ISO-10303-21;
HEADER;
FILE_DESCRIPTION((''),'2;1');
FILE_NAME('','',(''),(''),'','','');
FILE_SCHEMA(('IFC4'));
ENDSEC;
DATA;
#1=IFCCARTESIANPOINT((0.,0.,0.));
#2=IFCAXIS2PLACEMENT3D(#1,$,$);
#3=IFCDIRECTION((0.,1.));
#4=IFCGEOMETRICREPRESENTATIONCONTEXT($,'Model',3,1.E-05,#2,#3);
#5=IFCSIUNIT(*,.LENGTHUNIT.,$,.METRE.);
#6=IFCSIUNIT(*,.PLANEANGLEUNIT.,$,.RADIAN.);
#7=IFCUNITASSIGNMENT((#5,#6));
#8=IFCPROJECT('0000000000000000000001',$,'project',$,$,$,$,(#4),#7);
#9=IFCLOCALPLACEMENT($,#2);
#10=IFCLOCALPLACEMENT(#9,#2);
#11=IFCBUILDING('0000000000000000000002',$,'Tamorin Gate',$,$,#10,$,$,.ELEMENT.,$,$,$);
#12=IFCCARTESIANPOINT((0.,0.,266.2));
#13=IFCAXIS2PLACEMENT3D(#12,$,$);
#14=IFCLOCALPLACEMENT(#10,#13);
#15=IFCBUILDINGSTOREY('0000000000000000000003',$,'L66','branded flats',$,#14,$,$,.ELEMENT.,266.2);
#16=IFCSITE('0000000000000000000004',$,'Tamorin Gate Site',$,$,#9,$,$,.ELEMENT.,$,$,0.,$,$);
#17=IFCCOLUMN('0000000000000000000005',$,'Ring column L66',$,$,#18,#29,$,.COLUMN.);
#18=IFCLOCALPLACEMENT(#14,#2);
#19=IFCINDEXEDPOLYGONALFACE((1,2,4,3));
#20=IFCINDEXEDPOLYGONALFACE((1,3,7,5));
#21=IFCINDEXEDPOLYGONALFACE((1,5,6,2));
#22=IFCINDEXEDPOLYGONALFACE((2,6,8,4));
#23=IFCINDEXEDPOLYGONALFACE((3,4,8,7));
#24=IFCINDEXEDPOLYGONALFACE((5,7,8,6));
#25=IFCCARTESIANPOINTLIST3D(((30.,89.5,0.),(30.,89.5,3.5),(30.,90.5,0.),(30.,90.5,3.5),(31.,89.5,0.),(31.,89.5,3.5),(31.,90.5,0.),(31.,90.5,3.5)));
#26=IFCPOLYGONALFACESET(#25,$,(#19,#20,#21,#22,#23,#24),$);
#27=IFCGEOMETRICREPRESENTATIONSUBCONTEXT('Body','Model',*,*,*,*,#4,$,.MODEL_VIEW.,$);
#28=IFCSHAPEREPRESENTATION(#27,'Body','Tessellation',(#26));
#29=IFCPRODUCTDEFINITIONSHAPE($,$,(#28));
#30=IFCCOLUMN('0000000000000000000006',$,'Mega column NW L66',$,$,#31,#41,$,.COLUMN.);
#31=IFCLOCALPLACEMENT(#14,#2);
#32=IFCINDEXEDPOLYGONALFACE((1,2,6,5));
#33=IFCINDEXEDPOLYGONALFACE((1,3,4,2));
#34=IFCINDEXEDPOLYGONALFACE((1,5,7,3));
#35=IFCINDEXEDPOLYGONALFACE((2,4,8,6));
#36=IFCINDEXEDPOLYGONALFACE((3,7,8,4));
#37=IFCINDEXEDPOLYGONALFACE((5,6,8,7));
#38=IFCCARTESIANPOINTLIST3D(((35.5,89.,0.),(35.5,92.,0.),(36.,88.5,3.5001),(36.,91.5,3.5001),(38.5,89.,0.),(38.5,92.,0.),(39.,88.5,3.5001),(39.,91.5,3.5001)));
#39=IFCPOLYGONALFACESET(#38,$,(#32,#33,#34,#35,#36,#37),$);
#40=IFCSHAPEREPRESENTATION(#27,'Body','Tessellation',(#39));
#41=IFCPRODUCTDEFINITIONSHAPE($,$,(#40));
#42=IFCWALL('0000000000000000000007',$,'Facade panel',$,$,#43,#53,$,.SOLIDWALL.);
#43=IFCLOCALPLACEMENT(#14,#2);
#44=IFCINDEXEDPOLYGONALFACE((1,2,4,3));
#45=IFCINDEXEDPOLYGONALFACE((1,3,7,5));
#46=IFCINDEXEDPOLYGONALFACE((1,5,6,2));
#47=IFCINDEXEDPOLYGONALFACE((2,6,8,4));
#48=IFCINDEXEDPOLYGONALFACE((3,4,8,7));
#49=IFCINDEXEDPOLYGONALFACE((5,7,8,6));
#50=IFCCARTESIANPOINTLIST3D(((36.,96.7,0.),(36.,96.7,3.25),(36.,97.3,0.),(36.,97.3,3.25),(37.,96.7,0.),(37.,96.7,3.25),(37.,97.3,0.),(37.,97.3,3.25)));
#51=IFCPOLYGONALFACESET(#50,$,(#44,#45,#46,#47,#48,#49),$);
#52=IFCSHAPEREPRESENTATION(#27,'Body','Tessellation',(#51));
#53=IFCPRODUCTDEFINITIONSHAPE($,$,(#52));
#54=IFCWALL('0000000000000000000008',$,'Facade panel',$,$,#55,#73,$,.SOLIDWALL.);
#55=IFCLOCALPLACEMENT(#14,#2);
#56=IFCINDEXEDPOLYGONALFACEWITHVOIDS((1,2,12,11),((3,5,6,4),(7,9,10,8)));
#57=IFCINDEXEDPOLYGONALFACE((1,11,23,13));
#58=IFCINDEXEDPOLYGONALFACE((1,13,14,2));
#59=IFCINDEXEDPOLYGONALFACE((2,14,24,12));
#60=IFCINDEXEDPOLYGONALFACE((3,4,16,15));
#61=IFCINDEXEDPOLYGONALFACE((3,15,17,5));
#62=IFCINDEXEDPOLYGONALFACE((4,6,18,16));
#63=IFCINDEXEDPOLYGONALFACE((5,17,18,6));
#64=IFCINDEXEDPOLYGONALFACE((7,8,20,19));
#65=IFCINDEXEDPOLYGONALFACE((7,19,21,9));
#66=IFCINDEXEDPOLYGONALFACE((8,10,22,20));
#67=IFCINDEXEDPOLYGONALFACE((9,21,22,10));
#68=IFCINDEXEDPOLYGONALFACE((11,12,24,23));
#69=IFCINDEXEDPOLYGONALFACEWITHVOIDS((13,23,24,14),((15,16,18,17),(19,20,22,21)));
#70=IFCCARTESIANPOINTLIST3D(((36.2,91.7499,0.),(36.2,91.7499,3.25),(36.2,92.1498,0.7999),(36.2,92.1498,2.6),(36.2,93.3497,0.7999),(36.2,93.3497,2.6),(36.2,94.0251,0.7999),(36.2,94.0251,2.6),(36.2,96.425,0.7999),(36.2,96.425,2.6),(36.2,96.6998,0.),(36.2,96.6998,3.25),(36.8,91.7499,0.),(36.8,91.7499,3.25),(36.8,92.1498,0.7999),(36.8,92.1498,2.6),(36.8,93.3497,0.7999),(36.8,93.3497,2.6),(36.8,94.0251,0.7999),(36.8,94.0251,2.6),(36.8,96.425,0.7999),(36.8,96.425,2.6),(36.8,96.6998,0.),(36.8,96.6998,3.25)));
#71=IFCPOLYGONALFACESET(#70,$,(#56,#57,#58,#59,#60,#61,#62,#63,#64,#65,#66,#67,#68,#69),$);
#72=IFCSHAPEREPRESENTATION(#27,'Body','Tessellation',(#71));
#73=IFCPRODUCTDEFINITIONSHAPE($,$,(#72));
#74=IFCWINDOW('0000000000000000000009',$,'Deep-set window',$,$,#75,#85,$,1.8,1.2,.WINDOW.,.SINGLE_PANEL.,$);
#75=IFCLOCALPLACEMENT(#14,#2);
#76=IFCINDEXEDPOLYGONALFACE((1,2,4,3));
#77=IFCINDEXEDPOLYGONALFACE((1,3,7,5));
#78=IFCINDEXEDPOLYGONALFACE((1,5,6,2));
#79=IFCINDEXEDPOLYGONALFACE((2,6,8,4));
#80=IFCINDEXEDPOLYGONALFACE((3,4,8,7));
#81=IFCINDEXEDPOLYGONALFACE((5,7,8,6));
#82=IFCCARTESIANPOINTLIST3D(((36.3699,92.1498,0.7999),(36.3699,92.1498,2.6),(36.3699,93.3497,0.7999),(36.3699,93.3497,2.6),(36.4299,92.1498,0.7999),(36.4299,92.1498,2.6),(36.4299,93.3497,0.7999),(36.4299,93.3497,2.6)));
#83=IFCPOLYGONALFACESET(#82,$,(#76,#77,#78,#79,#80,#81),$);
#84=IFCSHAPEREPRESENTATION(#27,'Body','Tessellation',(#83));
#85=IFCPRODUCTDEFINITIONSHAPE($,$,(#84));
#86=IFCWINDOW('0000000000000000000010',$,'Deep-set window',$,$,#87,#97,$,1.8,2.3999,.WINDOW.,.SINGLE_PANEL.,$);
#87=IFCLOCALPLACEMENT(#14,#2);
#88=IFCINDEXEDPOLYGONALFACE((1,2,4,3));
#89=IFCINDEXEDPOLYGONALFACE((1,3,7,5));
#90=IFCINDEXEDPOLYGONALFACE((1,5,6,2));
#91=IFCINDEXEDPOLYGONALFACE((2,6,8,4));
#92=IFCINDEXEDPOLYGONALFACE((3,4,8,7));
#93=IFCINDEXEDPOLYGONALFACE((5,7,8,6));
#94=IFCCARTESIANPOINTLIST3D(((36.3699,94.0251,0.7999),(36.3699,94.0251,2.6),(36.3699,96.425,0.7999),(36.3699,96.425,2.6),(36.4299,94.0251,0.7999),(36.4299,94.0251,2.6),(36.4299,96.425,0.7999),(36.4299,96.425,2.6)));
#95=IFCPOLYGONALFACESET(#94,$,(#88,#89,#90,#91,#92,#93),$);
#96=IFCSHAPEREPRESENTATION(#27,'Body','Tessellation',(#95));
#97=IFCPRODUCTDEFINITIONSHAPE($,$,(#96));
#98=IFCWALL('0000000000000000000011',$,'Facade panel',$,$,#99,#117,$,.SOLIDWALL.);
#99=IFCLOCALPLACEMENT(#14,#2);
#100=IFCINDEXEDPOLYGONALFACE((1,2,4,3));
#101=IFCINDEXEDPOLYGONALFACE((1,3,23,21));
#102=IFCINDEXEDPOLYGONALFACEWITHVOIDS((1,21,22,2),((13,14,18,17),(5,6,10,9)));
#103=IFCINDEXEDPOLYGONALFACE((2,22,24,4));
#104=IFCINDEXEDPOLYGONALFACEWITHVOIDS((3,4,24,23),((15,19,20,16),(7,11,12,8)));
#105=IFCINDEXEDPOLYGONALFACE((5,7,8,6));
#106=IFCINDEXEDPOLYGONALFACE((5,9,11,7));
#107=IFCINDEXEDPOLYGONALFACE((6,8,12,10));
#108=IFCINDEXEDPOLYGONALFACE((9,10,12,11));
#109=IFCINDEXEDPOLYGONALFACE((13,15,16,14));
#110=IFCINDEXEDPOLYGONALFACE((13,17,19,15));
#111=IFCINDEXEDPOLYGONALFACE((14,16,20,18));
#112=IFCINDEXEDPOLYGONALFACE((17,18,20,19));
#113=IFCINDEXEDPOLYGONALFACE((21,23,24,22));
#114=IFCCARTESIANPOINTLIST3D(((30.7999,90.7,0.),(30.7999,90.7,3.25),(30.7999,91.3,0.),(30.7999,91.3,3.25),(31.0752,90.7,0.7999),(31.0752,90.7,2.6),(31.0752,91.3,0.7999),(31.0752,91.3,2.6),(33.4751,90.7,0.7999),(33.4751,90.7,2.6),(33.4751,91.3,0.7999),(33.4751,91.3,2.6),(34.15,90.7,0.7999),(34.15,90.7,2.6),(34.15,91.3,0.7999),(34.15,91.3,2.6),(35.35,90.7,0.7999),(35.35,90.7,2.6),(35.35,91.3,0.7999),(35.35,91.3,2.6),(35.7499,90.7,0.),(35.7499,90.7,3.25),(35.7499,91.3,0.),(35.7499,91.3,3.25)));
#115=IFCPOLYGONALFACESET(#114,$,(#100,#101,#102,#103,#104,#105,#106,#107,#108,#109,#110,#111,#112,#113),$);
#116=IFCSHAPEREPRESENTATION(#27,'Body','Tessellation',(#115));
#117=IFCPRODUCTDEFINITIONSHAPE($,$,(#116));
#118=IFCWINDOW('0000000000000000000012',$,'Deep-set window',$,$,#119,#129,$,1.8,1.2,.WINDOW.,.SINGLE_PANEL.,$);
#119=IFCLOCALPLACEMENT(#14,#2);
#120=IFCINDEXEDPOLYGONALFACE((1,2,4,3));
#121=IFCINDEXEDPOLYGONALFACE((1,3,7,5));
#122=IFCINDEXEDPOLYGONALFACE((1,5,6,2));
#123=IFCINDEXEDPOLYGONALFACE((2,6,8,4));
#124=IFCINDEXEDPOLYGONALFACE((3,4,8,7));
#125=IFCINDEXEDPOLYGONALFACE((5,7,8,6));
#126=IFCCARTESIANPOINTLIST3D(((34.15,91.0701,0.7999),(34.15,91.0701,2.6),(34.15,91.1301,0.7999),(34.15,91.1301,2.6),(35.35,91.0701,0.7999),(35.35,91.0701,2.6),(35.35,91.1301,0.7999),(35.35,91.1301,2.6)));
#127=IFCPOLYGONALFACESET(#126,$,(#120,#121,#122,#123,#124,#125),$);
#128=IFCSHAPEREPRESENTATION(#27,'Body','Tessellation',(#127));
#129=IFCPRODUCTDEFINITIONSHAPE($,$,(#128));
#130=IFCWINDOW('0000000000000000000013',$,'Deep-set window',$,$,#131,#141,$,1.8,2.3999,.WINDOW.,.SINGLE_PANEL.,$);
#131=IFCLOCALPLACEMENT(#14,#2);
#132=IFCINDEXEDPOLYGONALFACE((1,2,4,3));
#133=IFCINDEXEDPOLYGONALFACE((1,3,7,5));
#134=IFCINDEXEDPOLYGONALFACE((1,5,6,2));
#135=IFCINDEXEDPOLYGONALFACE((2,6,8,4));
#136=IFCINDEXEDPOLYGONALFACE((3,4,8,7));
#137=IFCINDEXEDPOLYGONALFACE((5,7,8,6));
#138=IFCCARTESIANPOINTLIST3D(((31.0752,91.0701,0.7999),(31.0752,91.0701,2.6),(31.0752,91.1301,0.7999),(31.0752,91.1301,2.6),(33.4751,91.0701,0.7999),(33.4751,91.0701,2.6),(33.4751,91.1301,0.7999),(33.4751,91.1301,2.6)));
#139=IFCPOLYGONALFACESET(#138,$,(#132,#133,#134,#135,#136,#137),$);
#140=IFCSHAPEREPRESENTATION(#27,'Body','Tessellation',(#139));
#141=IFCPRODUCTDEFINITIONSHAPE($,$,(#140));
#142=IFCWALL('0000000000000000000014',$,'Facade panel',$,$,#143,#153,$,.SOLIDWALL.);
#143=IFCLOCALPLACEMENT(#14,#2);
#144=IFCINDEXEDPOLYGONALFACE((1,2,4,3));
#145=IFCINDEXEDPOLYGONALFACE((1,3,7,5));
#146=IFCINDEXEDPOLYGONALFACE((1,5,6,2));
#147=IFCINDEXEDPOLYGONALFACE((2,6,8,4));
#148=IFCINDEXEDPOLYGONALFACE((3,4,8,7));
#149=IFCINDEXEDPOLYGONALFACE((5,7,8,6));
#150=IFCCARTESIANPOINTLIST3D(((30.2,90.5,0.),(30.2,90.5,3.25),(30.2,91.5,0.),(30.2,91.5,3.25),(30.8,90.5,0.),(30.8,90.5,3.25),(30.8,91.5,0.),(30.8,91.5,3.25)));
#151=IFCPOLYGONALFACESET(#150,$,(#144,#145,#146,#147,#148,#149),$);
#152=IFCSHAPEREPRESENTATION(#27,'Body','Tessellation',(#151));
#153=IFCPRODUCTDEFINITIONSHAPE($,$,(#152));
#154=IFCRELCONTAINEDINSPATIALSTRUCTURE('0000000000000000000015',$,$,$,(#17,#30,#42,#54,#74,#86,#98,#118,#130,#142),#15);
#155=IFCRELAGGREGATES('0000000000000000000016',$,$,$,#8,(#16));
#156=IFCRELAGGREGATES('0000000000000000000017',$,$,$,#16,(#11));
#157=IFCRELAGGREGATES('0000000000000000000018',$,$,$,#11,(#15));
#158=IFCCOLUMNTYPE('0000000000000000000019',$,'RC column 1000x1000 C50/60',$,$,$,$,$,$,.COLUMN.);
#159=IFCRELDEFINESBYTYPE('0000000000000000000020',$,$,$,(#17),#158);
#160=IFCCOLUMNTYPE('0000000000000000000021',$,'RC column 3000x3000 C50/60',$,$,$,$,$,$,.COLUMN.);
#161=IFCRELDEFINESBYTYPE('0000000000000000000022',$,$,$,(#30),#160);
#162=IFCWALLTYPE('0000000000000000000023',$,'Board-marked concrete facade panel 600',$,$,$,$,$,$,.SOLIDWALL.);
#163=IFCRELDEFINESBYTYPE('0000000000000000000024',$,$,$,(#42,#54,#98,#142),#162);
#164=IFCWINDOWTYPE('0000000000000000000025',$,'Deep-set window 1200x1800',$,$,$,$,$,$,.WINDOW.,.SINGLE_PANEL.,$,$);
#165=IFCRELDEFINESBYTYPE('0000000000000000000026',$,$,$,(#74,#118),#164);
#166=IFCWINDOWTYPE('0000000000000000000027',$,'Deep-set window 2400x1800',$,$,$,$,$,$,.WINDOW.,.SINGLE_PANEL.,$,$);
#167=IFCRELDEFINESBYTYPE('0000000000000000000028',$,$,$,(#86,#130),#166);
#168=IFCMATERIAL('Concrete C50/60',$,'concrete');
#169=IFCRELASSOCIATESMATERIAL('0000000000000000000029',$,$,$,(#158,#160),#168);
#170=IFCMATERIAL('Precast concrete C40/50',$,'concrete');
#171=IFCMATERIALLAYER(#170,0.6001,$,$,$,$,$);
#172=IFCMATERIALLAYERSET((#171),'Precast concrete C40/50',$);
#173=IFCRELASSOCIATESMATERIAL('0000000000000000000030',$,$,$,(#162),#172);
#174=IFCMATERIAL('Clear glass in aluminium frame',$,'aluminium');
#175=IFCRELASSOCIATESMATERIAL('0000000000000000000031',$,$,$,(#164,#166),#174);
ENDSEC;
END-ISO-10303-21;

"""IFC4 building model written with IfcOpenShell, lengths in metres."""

from ifc_helpers import new_model, si_unit, direction, frame, frame_2d, origin, origin_2d, place, context, subcontext, project, spatial, rectangle, extrude, material, layer, layer_set, material_profile, profile_set, type_object, element, fill, save


model = new_model("IFC4")

# Units and contexts
model_context = context("Model", 3, precision=1e-05, world=origin(), true_north=direction((0.0, 1.0)))
body_context = subcontext(model_context, "Body", "Model", "MODEL_VIEW")
ifc_project = project(units=[si_unit("LENGTHUNIT", "METRE"), si_unit("PLANEANGLEUNIT", "RADIAN")], contexts=[model_context])

# Site, building, storey
site_placement = place(None, origin())
site = spatial("IfcSite", under=ifc_project, at=site_placement, Name="Tamorin Gate Site", CompositionType="ELEMENT", RefElevation=0.0)
building_placement = place(site_placement, origin())
building = spatial("IfcBuilding", under=site, at=building_placement, Name="Tamorin Gate", CompositionType="ELEMENT")
storey_placement = place(building_placement, frame((0.0, 0.0, 266.2)))
storey = spatial("IfcBuildingStorey", under=building, at=storey_placement, Name="L66", Description="branded flats", CompositionType="ELEMENT", Elevation=266.2)

# Columns
ifc_material_1 = material(Name="Concrete C50/60", Category="concrete")
ifc_material_profile_1 = material_profile(ifc_material_1, rectangle(XDim=1.0, YDim=1.0, at=origin_2d()), Name="RC 1000x1000")
ifc_profile_set_1 = profile_set([ifc_material_profile_1], Name="Concrete C50/60")
column_type_1 = type_object("IfcColumnType", Name="RC column 1000x1000 C50/60", PredefinedType="COLUMN", material=ifc_profile_set_1)
column_1_placement = place(storey_placement, frame((30.5, 90.0, 0.0), z_axis=(0.0, 0.0, 1.0), x_axis=(1.0, 0.0, 0.0)))
element("IfcColumn", 1, at=column_1_placement, inside=storey, type_object=column_type_1, Name="Ring column L66", PredefinedType="COLUMN", context=body_context, shape_type="SweptSolid", body=[
    extrude(rectangle(XDim=1.0, YDim=1.0, at=origin_2d()), origin(), (0.0, 0.0, 1.0), 3.5),
])
ifc_material_profile_2 = material_profile(ifc_material_1, rectangle(XDim=3.0, YDim=3.0, at=origin_2d()), Name="RC 3000x3000")
ifc_profile_set_2 = profile_set([ifc_material_profile_2], Name="Concrete C50/60")
column_type_2 = type_object("IfcColumnType", Name="RC column 3000x3000 C50/60", PredefinedType="COLUMN", material=ifc_profile_set_2)
column_2_placement = place(storey_placement, frame((37.0, 90.5, 0.0), z_axis=(0.0, 0.0, 1.0), x_axis=(0.0, -1.0, 0.0)))
element("IfcColumn", 2, at=column_2_placement, inside=storey, type_object=column_type_2, Name="Mega column NW L66", PredefinedType="COLUMN", context=body_context, shape_type="SweptSolid", body=[
    extrude(rectangle(XDim=3.0, YDim=3.0, at=origin_2d()), origin(), (0.140028, 0.140028, 0.980196), 3.5708),
])

# Wall
ifc_material_2 = material(Name="Precast concrete C40/50", Category="concrete")
ifc_layer = layer(ifc_material_2, 0.6001)
ifc_layer_set = layer_set([ifc_layer], Name="Precast concrete C40/50")
wall_type = type_object("IfcWallType", Name="Board-marked concrete facade panel 600", PredefinedType="SOLIDWALL", material=ifc_layer_set)
wall_1_placement = place(storey_placement, frame((37.0, 97.0, 0.0), z_axis=(0.0, 0.0, 1.0), x_axis=(-1.0, 0.0, 0.0)))
element("IfcWall", 3, at=wall_1_placement, inside=storey, type_object=wall_type, Name="Facade panel", PredefinedType="SOLIDWALL", context=body_context, shape_type="SweptSolid", body=[
    extrude(rectangle(XDim=1.0, YDim=0.6001, at=frame_2d((0.5, 0.0))), origin(), (0.0, 0.0, 1.0), 3.25),
])

# Walls, openings, windows
wall_2_placement = place(storey_placement, frame((36.5, 96.7, 0.0), z_axis=(0.0, 0.0, 1.0), x_axis=(0.0, -1.0, 0.0)))
wall_2 = element("IfcWall", 4, at=wall_2_placement, inside=storey, type_object=wall_type, Name="Facade panel", PredefinedType="SOLIDWALL", context=body_context, shape_type="SweptSolid", body=[
    extrude(rectangle(XDim=4.95, YDim=0.6001, at=frame_2d((2.4751, 0.0))), origin(), (0.0, 0.0, 1.0), 3.25),
])
opening_1_placement = place(wall_2_placement, frame((3.3501, 0.0, 0.8)))
opening_1 = element("IfcOpeningElement", 5, at=opening_1_placement, cuts=wall_2, PredefinedType="OPENING", context=body_context, shape_type="SweptSolid", body=[
    extrude(rectangle(XDim=1.2, YDim=1.8, at=frame_2d((0.6001, 0.8999))), frame((0.0, 0.3101, 0.0), z_axis=(0.0, -1.0, 0.0), x_axis=(1.0, 0.0, 0.0)), (0.0, 0.0, 1.0), 0.6201),
])
opening_2_placement = place(wall_2_placement, frame((0.2749, 0.0, 0.8)))
opening_2 = element("IfcOpeningElement", 6, at=opening_2_placement, cuts=wall_2, PredefinedType="OPENING", context=body_context, shape_type="SweptSolid", body=[
    extrude(rectangle(XDim=2.3999, YDim=1.8, at=frame_2d((1.2, 0.8999))), frame((0.0, 0.3101, 0.0), z_axis=(0.0, -1.0, 0.0), x_axis=(1.0, 0.0, 0.0)), (0.0, 0.0, 1.0), 0.6201),
])
ifc_material_3 = material(Name="Clear glass in aluminium frame", Category="aluminium")
window_type_1 = type_object("IfcWindowType", Name="Deep-set window 1200x1800", PartitioningType="SINGLE_PANEL", PredefinedType="WINDOW", material=ifc_material_3)
window_1_placement = place(opening_1_placement, origin())
window_1 = element("IfcWindow", 7, at=window_1_placement, inside=storey, type_object=window_type_1, Name="Deep-set window", OverallHeight=1.8, OverallWidth=1.2, PartitioningType="SINGLE_PANEL", PredefinedType="WINDOW", context=body_context, shape_type="SweptSolid", body=[
    extrude(rectangle(XDim=1.2, YDim=1.8, at=frame_2d((0.6001, 0.8999))), frame((0.0, -0.0701, 0.0), z_axis=(0.0, -1.0, 0.0), x_axis=(1.0, 0.0, 0.0)), (0.0, 0.0, 1.0), 0.0601),
])
fill(opening_1, window_1)
window_type_2 = type_object("IfcWindowType", Name="Deep-set window 2400x1800", PartitioningType="SINGLE_PANEL", PredefinedType="WINDOW", material=ifc_material_3)
window_2_placement = place(opening_2_placement, origin())
window_2 = element("IfcWindow", 8, at=window_2_placement, inside=storey, type_object=window_type_2, Name="Deep-set window", OverallHeight=1.8, OverallWidth=2.3999, PartitioningType="SINGLE_PANEL", PredefinedType="WINDOW", context=body_context, shape_type="SweptSolid", body=[
    extrude(rectangle(XDim=2.3999, YDim=1.8, at=frame_2d((1.2, 0.8999))), frame((0.0, -0.0701, 0.0), z_axis=(0.0, -1.0, 0.0), x_axis=(1.0, 0.0, 0.0)), (0.0, 0.0, 1.0), 0.0601),
])
fill(opening_2, window_2)
wall_3_placement = place(storey_placement, frame((35.75, 91.0, 0.0), z_axis=(0.0, 0.0, 1.0), x_axis=(-1.0, 0.0, 0.0)))
wall_3 = element("IfcWall", 9, at=wall_3_placement, inside=storey, type_object=wall_type, Name="Facade panel", PredefinedType="SOLIDWALL", context=body_context, shape_type="SweptSolid", body=[
    extrude(rectangle(XDim=4.95, YDim=0.6001, at=frame_2d((2.4751, 0.0))), origin(), (0.0, 0.0, 1.0), 3.25),
])
opening_3_placement = place(wall_3_placement, frame((2.2749, 0.0, 0.8)))
opening_3 = element("IfcOpeningElement", 10, at=opening_3_placement, cuts=wall_3, PredefinedType="OPENING", context=body_context, shape_type="SweptSolid", body=[
    extrude(rectangle(XDim=2.3999, YDim=1.8, at=frame_2d((1.2, 0.8999))), frame((0.0, 0.3101, 0.0), z_axis=(0.0, -1.0, 0.0), x_axis=(1.0, 0.0, 0.0)), (0.0, 0.0, 1.0), 0.6201),
])
opening_4_placement = place(wall_3_placement, frame((0.3999, 0.0, 0.8)))
opening_4 = element("IfcOpeningElement", 11, at=opening_4_placement, cuts=wall_3, PredefinedType="OPENING", context=body_context, shape_type="SweptSolid", body=[
    extrude(rectangle(XDim=1.2, YDim=1.8, at=frame_2d((0.6001, 0.8999))), frame((0.0, 0.3101, 0.0), z_axis=(0.0, -1.0, 0.0), x_axis=(1.0, 0.0, 0.0)), (0.0, 0.0, 1.0), 0.6201),
])
window_3_placement = place(opening_4_placement, origin())
window_3 = element("IfcWindow", 12, at=window_3_placement, inside=storey, type_object=window_type_1, Name="Deep-set window", OverallHeight=1.8, OverallWidth=1.2, PartitioningType="SINGLE_PANEL", PredefinedType="WINDOW", context=body_context, shape_type="SweptSolid", body=[
    extrude(rectangle(XDim=1.2, YDim=1.8, at=frame_2d((0.6001, 0.8999))), frame((0.0, -0.0701, 0.0), z_axis=(0.0, -1.0, 0.0), x_axis=(1.0, 0.0, 0.0)), (0.0, 0.0, 1.0), 0.0601),
])
fill(opening_4, window_3)
window_4_placement = place(opening_3_placement, origin())
window_4 = element("IfcWindow", 13, at=window_4_placement, inside=storey, type_object=window_type_2, Name="Deep-set window", OverallHeight=1.8, OverallWidth=2.3999, PartitioningType="SINGLE_PANEL", PredefinedType="WINDOW", context=body_context, shape_type="SweptSolid", body=[
    extrude(rectangle(XDim=2.3999, YDim=1.8, at=frame_2d((1.2, 0.8999))), frame((0.0, -0.0701, 0.0), z_axis=(0.0, -1.0, 0.0), x_axis=(1.0, 0.0, 0.0)), (0.0, 0.0, 1.0), 0.0601),
])
fill(opening_3, window_4)

# Wall
wall_4_placement = place(storey_placement, frame((30.5, 91.5, 0.0), z_axis=(0.0, 0.0, 1.0), x_axis=(0.0, -1.0, 0.0)))
element("IfcWall", 14, at=wall_4_placement, inside=storey, type_object=wall_type, Name="Facade panel", PredefinedType="SOLIDWALL", context=body_context, shape_type="SweptSolid", body=[
    extrude(rectangle(XDim=1.0, YDim=0.6001, at=frame_2d((0.5, 0.0))), origin(), (0.0, 0.0, 1.0), 3.25),
])

save(model, "model.ifc")
